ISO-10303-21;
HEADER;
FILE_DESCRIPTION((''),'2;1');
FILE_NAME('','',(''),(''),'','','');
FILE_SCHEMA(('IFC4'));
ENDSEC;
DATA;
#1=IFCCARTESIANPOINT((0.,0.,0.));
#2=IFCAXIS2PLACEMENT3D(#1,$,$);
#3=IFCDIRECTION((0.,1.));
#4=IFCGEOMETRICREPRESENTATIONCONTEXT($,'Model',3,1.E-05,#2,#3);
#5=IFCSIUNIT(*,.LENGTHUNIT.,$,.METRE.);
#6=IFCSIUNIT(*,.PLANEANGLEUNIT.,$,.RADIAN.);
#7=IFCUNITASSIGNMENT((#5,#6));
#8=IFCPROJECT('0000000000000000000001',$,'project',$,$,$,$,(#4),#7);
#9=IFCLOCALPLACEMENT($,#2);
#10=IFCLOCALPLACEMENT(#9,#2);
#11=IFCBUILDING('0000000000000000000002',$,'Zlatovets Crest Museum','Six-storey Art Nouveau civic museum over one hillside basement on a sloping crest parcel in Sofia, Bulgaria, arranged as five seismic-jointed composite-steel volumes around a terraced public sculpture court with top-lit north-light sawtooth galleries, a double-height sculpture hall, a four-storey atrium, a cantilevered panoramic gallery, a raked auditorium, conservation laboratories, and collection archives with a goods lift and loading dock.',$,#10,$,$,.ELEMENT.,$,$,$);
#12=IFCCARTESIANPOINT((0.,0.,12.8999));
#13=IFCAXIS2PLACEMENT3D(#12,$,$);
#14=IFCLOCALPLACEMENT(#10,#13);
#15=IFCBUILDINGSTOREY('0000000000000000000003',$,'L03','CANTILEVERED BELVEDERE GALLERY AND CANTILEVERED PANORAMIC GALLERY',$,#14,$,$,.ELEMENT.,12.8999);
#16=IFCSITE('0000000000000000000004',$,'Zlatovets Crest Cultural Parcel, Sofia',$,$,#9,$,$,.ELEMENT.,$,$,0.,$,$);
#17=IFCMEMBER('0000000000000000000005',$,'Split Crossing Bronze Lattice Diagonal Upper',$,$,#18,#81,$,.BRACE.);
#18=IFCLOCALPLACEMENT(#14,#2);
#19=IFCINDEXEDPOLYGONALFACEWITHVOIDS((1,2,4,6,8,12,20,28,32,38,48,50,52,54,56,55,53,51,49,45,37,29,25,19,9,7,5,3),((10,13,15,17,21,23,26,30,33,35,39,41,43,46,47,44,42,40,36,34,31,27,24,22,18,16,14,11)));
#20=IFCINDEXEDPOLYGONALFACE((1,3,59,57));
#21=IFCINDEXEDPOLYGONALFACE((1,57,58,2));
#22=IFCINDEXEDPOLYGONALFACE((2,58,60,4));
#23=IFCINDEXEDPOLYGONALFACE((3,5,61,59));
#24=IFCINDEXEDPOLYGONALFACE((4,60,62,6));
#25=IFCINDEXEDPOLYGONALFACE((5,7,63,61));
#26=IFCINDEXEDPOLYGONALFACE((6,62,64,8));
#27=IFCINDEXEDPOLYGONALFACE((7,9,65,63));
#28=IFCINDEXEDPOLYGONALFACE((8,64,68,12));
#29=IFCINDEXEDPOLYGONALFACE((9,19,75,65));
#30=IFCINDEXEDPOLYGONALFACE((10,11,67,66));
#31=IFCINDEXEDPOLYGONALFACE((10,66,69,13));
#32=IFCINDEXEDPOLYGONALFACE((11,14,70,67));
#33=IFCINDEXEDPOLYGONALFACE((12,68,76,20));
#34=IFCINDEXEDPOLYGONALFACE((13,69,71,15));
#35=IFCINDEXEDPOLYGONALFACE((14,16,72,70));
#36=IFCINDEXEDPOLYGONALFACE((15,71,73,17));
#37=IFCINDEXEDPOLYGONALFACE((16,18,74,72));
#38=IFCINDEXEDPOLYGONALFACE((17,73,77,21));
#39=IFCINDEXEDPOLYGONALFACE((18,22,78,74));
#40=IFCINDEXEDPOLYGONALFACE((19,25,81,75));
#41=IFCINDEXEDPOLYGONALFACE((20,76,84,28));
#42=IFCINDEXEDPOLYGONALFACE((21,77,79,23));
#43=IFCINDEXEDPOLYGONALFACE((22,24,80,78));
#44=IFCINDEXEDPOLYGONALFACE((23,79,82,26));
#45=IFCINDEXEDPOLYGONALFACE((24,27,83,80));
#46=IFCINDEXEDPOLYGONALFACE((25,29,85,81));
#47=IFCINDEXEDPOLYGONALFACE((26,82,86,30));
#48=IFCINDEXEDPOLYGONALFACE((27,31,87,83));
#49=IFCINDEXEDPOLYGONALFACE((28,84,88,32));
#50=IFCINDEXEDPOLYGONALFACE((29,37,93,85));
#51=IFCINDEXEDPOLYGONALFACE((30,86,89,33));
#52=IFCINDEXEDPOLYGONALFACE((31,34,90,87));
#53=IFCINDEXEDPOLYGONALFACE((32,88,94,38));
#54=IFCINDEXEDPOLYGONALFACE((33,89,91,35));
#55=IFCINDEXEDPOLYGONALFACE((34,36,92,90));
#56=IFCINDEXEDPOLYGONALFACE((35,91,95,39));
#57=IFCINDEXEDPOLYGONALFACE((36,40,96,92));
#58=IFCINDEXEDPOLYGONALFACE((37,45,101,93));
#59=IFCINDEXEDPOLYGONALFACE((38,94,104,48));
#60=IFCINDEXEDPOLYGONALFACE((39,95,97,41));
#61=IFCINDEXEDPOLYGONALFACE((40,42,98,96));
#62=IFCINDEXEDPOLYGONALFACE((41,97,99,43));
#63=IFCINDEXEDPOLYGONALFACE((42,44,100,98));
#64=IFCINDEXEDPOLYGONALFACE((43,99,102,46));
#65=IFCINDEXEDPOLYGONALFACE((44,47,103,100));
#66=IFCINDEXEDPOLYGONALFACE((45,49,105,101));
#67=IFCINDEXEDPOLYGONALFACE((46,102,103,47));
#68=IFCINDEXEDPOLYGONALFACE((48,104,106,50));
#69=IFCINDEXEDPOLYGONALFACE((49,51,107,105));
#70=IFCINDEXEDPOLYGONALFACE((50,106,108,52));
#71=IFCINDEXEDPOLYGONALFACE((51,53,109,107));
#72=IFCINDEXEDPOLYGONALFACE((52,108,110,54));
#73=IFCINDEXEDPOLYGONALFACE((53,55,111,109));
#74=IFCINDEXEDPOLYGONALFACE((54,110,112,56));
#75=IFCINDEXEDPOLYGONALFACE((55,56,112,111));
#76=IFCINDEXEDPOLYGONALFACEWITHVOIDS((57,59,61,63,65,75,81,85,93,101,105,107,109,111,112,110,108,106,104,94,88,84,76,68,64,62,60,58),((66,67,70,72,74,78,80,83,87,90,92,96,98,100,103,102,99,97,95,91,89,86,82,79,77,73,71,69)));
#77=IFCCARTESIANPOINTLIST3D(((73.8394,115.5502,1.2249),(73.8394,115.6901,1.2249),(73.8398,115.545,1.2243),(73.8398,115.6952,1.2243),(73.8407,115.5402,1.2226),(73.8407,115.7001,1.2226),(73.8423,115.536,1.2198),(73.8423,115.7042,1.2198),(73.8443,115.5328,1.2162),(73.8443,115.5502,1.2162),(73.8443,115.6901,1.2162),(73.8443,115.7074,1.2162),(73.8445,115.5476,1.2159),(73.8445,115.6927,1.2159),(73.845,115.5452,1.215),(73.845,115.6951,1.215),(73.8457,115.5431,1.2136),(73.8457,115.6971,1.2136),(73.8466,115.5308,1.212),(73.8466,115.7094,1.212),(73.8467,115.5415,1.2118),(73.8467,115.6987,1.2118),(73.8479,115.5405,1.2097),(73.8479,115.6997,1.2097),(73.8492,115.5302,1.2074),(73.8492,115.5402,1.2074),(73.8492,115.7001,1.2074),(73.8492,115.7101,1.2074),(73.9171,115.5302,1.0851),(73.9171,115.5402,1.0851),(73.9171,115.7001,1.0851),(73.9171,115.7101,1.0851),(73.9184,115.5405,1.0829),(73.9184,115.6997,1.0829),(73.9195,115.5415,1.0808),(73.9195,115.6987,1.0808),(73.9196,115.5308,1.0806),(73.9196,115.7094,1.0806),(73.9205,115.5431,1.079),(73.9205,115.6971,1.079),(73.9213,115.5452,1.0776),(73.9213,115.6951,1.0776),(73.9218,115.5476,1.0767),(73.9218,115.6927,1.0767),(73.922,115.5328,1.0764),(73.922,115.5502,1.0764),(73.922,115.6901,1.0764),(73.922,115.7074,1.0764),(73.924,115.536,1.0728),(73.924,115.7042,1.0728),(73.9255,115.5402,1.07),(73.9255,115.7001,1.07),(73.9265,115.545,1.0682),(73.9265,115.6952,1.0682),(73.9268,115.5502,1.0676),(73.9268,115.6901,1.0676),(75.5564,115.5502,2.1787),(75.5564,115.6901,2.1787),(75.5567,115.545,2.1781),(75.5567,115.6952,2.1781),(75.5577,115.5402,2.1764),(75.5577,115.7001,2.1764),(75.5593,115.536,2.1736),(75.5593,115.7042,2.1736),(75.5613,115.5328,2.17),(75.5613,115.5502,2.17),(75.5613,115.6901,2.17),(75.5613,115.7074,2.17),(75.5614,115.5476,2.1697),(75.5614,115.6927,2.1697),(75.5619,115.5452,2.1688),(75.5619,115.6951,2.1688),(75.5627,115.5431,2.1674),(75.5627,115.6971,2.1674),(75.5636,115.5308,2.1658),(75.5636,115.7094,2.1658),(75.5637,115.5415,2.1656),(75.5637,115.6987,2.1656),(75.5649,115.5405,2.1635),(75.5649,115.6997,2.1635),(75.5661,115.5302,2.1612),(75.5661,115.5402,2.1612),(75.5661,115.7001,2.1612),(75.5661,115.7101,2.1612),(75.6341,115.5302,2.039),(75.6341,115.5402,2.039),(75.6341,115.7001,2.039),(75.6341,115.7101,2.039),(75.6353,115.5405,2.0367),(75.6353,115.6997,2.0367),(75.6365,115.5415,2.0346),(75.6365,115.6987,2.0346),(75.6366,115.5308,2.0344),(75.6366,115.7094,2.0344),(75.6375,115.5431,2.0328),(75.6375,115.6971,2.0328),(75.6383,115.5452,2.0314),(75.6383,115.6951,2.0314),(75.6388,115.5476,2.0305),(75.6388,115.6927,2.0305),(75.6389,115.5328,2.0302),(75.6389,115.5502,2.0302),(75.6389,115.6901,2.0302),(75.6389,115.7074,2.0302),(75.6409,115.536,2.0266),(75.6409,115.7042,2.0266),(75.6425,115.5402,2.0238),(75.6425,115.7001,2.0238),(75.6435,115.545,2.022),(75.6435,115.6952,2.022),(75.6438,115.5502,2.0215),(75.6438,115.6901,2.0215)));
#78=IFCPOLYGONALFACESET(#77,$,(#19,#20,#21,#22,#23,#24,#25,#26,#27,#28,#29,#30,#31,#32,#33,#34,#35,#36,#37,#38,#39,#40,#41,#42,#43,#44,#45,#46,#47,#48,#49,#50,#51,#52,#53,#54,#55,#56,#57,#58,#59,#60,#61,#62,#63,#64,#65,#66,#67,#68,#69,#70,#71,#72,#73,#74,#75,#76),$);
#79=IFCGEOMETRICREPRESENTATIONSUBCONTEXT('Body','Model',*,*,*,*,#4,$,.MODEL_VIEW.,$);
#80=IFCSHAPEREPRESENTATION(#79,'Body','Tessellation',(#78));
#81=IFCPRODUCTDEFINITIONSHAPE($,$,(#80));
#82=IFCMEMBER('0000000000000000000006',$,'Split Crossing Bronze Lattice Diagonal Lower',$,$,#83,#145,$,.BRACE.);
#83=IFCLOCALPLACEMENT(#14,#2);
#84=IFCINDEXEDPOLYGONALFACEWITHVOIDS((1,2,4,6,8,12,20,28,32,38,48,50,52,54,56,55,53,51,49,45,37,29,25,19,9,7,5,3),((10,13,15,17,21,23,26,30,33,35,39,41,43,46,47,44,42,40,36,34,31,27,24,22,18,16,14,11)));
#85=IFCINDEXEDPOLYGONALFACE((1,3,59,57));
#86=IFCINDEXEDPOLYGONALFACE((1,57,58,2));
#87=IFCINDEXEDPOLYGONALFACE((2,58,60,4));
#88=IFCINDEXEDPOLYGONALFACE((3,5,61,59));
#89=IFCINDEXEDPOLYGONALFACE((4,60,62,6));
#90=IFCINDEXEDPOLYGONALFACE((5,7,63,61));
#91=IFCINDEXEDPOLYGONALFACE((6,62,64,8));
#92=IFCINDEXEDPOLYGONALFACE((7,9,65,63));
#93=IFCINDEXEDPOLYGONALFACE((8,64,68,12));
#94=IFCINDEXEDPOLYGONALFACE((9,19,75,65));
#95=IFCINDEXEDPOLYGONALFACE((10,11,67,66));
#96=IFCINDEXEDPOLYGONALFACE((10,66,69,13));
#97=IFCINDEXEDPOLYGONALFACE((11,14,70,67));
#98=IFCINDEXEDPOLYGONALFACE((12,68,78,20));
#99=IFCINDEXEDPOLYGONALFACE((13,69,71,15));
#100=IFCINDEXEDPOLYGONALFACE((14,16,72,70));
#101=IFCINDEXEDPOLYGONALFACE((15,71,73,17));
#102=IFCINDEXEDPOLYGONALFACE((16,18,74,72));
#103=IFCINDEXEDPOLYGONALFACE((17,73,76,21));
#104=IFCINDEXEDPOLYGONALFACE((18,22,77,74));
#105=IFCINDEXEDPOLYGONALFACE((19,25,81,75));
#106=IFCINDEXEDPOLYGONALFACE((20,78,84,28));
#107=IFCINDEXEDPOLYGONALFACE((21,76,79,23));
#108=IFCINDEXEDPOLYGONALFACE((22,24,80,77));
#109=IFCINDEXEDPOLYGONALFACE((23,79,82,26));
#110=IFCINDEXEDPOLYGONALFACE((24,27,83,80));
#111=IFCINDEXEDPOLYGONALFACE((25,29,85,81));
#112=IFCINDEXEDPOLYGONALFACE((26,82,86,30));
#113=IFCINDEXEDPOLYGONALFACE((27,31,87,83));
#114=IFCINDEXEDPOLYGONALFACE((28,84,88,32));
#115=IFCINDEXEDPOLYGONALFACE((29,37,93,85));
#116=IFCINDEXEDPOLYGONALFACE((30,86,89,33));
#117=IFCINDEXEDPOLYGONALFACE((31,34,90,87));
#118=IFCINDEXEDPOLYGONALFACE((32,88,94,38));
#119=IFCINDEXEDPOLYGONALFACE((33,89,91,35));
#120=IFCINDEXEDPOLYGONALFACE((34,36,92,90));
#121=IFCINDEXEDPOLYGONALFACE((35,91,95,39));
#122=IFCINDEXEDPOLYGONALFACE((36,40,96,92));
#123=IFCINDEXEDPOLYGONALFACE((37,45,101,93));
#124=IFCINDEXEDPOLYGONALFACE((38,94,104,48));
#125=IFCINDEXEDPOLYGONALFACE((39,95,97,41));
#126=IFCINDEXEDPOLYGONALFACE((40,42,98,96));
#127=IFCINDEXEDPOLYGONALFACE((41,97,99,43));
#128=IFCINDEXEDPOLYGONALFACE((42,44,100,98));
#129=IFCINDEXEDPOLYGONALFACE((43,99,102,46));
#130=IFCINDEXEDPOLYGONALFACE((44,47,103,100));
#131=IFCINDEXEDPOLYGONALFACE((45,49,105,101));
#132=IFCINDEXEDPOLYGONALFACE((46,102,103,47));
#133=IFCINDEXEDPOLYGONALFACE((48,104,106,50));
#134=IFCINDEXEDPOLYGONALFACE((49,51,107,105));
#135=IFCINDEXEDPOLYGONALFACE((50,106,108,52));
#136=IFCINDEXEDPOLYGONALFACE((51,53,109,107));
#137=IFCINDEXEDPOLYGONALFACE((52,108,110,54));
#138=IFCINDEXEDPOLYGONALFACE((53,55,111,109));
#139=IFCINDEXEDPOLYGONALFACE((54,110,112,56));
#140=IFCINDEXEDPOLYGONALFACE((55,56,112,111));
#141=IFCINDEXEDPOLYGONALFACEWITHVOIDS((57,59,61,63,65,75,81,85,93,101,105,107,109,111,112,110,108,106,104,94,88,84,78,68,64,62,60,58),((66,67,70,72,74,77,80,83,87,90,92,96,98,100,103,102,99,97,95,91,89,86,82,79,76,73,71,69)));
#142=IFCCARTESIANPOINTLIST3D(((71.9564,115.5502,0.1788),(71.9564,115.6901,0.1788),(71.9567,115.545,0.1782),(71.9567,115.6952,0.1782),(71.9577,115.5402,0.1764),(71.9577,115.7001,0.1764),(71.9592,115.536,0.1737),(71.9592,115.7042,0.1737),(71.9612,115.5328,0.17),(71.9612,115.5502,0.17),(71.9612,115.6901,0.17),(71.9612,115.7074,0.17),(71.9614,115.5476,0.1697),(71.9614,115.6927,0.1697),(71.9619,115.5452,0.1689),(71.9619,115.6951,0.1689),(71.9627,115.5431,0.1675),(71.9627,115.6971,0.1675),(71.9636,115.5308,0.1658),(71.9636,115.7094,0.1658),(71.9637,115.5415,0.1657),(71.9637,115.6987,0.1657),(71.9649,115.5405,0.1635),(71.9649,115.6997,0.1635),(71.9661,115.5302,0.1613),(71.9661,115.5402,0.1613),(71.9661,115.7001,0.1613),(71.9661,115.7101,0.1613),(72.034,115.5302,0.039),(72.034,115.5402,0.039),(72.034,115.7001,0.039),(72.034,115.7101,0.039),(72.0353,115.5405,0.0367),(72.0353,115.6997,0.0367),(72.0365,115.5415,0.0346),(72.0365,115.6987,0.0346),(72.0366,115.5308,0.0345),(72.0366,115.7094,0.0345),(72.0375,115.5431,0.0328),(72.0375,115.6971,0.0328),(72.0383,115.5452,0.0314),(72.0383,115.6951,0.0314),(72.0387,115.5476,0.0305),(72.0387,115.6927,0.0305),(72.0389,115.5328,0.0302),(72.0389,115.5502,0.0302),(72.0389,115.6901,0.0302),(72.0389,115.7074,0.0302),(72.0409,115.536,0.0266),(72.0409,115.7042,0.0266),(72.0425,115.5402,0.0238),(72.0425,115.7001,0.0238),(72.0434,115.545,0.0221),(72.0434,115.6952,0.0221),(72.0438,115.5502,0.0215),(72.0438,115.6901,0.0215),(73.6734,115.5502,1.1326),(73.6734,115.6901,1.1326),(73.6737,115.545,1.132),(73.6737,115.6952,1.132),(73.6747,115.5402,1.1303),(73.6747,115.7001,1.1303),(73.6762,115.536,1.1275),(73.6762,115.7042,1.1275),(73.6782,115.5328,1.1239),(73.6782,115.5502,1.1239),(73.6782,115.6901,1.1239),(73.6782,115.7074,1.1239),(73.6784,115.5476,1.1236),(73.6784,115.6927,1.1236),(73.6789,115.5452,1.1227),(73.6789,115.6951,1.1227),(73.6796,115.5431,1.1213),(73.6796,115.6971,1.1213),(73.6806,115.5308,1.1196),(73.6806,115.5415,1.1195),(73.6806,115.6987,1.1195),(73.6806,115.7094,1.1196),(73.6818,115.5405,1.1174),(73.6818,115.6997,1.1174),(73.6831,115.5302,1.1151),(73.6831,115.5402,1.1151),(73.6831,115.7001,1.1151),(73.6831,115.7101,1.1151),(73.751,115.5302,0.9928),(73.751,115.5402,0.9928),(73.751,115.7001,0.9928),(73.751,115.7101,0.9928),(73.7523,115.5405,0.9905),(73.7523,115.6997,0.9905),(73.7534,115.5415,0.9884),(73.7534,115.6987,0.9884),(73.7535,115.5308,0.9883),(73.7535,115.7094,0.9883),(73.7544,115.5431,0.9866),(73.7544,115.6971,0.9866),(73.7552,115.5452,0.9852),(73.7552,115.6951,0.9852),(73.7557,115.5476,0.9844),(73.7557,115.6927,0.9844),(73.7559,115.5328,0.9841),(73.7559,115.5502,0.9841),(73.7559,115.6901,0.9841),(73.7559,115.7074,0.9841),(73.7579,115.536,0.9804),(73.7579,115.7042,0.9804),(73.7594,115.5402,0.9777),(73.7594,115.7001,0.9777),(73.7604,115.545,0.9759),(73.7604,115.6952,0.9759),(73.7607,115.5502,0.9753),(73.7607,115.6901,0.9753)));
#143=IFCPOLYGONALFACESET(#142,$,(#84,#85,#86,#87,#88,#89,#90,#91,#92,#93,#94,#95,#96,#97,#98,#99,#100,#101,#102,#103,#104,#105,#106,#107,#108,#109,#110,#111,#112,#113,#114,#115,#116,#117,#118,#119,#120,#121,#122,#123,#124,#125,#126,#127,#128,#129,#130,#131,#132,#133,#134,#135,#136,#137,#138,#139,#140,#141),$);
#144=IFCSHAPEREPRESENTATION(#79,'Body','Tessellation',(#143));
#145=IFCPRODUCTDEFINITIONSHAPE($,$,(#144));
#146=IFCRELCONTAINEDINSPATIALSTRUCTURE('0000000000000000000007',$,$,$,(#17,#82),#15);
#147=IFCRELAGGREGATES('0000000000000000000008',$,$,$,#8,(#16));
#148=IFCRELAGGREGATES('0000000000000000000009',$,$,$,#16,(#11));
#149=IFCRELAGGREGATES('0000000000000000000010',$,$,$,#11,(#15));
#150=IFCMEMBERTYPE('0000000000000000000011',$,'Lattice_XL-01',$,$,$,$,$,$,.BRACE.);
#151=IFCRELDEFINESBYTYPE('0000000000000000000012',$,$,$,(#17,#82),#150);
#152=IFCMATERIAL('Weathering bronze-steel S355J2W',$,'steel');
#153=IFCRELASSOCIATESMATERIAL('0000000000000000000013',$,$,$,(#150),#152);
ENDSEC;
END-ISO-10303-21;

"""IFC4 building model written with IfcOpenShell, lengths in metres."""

from ifc_helpers import new_model, si_unit, direction, frame, origin, origin_2d, place, context, subcontext, project, spatial, hollow_rectangle, extrude, material, material_profile, profile_set, type_object, element, save


model = new_model("IFC4")

# Units and contexts
model_context = context("Model", 3, precision=1e-05, world=origin(), true_north=direction((0.0, 1.0)))
body_context = subcontext(model_context, "Body", "Model", "MODEL_VIEW")
ifc_project = project(units=[si_unit("LENGTHUNIT", "METRE"), si_unit("PLANEANGLEUNIT", "RADIAN")], contexts=[model_context])

# Site, building, storey
site_placement = place(None, origin())
site = spatial("IfcSite", under=ifc_project, at=site_placement, Name="Zlatovets Crest Cultural Parcel, Sofia", CompositionType="ELEMENT", RefElevation=0.0)
building_placement = place(site_placement, origin())
building = spatial("IfcBuilding", under=site, at=building_placement, Name="Zlatovets Crest Museum", Description="Six-storey Art Nouveau civic museum over one hillside basement on a sloping crest parcel in Sofia, Bulgaria, arranged as five seismic-jointed composite-steel volumes around a terraced public sculpture court with top-lit north-light sawtooth galleries, a double-height sculpture hall, a four-storey atrium, a cantilevered panoramic gallery, a raked auditorium, conservation laboratories, and collection archives with a goods lift and loading dock.", CompositionType="ELEMENT")
storey_placement = place(building_placement, frame((0.0, 0.0, 12.8999)))
storey = spatial("IfcBuildingStorey", under=building, at=storey_placement, Name="L03", Description="CANTILEVERED BELVEDERE GALLERY AND CANTILEVERED PANORAMIC GALLERY", CompositionType="ELEMENT", Elevation=12.8999)

# Members
ifc_material_1 = material(Name="Weathering bronze-steel S355J2W", Category="steel")
ifc_material_profile_1 = material_profile(ifc_material_1, hollow_rectangle(XDim=0.1799, YDim=0.1799, WallThickness=0.01, InnerFilletRadius=0.01, OuterFilletRadius=0.02, at=origin_2d()), Name="SHS 180x180x10.0")
ifc_profile_set_1 = profile_set([ifc_material_profile_1], Name="Weathering bronze-steel S355J2W")
member_type_1 = type_object("IfcMemberType", Name="Lattice_XL-01", PredefinedType="BRACE", material=ifc_profile_set_1)
for number, where, z_axis, x_axis, name in (
    (1, (75.6001, 115.6201, 2.1001), (-0.874169, 0.0, -0.485622), (0.0, -1.0, 0.0), "Split Crossing Bronze Lattice Diagonal Upper"),
    (2, (73.717, 115.6201, 1.054), (-0.874169, 0.0, -0.485622), (0.0, -1.0, 0.0), "Split Crossing Bronze Lattice Diagonal Lower"),
):
    element("IfcMember", number, at=place(storey_placement, frame(where, z_axis=z_axis, x_axis=x_axis)), inside=storey, type_object=member_type_1, Name=name, PredefinedType="BRACE", context=body_context, shape_type="SweptSolid", body=[
        extrude(hollow_rectangle(XDim=0.1799, YDim=0.1799, WallThickness=0.01, InnerFilletRadius=0.01, OuterFilletRadius=0.02, at=origin_2d()), origin(), (0.0, 0.0, 1.0), 1.9641),
    ])

save(model, "model.ifc")
